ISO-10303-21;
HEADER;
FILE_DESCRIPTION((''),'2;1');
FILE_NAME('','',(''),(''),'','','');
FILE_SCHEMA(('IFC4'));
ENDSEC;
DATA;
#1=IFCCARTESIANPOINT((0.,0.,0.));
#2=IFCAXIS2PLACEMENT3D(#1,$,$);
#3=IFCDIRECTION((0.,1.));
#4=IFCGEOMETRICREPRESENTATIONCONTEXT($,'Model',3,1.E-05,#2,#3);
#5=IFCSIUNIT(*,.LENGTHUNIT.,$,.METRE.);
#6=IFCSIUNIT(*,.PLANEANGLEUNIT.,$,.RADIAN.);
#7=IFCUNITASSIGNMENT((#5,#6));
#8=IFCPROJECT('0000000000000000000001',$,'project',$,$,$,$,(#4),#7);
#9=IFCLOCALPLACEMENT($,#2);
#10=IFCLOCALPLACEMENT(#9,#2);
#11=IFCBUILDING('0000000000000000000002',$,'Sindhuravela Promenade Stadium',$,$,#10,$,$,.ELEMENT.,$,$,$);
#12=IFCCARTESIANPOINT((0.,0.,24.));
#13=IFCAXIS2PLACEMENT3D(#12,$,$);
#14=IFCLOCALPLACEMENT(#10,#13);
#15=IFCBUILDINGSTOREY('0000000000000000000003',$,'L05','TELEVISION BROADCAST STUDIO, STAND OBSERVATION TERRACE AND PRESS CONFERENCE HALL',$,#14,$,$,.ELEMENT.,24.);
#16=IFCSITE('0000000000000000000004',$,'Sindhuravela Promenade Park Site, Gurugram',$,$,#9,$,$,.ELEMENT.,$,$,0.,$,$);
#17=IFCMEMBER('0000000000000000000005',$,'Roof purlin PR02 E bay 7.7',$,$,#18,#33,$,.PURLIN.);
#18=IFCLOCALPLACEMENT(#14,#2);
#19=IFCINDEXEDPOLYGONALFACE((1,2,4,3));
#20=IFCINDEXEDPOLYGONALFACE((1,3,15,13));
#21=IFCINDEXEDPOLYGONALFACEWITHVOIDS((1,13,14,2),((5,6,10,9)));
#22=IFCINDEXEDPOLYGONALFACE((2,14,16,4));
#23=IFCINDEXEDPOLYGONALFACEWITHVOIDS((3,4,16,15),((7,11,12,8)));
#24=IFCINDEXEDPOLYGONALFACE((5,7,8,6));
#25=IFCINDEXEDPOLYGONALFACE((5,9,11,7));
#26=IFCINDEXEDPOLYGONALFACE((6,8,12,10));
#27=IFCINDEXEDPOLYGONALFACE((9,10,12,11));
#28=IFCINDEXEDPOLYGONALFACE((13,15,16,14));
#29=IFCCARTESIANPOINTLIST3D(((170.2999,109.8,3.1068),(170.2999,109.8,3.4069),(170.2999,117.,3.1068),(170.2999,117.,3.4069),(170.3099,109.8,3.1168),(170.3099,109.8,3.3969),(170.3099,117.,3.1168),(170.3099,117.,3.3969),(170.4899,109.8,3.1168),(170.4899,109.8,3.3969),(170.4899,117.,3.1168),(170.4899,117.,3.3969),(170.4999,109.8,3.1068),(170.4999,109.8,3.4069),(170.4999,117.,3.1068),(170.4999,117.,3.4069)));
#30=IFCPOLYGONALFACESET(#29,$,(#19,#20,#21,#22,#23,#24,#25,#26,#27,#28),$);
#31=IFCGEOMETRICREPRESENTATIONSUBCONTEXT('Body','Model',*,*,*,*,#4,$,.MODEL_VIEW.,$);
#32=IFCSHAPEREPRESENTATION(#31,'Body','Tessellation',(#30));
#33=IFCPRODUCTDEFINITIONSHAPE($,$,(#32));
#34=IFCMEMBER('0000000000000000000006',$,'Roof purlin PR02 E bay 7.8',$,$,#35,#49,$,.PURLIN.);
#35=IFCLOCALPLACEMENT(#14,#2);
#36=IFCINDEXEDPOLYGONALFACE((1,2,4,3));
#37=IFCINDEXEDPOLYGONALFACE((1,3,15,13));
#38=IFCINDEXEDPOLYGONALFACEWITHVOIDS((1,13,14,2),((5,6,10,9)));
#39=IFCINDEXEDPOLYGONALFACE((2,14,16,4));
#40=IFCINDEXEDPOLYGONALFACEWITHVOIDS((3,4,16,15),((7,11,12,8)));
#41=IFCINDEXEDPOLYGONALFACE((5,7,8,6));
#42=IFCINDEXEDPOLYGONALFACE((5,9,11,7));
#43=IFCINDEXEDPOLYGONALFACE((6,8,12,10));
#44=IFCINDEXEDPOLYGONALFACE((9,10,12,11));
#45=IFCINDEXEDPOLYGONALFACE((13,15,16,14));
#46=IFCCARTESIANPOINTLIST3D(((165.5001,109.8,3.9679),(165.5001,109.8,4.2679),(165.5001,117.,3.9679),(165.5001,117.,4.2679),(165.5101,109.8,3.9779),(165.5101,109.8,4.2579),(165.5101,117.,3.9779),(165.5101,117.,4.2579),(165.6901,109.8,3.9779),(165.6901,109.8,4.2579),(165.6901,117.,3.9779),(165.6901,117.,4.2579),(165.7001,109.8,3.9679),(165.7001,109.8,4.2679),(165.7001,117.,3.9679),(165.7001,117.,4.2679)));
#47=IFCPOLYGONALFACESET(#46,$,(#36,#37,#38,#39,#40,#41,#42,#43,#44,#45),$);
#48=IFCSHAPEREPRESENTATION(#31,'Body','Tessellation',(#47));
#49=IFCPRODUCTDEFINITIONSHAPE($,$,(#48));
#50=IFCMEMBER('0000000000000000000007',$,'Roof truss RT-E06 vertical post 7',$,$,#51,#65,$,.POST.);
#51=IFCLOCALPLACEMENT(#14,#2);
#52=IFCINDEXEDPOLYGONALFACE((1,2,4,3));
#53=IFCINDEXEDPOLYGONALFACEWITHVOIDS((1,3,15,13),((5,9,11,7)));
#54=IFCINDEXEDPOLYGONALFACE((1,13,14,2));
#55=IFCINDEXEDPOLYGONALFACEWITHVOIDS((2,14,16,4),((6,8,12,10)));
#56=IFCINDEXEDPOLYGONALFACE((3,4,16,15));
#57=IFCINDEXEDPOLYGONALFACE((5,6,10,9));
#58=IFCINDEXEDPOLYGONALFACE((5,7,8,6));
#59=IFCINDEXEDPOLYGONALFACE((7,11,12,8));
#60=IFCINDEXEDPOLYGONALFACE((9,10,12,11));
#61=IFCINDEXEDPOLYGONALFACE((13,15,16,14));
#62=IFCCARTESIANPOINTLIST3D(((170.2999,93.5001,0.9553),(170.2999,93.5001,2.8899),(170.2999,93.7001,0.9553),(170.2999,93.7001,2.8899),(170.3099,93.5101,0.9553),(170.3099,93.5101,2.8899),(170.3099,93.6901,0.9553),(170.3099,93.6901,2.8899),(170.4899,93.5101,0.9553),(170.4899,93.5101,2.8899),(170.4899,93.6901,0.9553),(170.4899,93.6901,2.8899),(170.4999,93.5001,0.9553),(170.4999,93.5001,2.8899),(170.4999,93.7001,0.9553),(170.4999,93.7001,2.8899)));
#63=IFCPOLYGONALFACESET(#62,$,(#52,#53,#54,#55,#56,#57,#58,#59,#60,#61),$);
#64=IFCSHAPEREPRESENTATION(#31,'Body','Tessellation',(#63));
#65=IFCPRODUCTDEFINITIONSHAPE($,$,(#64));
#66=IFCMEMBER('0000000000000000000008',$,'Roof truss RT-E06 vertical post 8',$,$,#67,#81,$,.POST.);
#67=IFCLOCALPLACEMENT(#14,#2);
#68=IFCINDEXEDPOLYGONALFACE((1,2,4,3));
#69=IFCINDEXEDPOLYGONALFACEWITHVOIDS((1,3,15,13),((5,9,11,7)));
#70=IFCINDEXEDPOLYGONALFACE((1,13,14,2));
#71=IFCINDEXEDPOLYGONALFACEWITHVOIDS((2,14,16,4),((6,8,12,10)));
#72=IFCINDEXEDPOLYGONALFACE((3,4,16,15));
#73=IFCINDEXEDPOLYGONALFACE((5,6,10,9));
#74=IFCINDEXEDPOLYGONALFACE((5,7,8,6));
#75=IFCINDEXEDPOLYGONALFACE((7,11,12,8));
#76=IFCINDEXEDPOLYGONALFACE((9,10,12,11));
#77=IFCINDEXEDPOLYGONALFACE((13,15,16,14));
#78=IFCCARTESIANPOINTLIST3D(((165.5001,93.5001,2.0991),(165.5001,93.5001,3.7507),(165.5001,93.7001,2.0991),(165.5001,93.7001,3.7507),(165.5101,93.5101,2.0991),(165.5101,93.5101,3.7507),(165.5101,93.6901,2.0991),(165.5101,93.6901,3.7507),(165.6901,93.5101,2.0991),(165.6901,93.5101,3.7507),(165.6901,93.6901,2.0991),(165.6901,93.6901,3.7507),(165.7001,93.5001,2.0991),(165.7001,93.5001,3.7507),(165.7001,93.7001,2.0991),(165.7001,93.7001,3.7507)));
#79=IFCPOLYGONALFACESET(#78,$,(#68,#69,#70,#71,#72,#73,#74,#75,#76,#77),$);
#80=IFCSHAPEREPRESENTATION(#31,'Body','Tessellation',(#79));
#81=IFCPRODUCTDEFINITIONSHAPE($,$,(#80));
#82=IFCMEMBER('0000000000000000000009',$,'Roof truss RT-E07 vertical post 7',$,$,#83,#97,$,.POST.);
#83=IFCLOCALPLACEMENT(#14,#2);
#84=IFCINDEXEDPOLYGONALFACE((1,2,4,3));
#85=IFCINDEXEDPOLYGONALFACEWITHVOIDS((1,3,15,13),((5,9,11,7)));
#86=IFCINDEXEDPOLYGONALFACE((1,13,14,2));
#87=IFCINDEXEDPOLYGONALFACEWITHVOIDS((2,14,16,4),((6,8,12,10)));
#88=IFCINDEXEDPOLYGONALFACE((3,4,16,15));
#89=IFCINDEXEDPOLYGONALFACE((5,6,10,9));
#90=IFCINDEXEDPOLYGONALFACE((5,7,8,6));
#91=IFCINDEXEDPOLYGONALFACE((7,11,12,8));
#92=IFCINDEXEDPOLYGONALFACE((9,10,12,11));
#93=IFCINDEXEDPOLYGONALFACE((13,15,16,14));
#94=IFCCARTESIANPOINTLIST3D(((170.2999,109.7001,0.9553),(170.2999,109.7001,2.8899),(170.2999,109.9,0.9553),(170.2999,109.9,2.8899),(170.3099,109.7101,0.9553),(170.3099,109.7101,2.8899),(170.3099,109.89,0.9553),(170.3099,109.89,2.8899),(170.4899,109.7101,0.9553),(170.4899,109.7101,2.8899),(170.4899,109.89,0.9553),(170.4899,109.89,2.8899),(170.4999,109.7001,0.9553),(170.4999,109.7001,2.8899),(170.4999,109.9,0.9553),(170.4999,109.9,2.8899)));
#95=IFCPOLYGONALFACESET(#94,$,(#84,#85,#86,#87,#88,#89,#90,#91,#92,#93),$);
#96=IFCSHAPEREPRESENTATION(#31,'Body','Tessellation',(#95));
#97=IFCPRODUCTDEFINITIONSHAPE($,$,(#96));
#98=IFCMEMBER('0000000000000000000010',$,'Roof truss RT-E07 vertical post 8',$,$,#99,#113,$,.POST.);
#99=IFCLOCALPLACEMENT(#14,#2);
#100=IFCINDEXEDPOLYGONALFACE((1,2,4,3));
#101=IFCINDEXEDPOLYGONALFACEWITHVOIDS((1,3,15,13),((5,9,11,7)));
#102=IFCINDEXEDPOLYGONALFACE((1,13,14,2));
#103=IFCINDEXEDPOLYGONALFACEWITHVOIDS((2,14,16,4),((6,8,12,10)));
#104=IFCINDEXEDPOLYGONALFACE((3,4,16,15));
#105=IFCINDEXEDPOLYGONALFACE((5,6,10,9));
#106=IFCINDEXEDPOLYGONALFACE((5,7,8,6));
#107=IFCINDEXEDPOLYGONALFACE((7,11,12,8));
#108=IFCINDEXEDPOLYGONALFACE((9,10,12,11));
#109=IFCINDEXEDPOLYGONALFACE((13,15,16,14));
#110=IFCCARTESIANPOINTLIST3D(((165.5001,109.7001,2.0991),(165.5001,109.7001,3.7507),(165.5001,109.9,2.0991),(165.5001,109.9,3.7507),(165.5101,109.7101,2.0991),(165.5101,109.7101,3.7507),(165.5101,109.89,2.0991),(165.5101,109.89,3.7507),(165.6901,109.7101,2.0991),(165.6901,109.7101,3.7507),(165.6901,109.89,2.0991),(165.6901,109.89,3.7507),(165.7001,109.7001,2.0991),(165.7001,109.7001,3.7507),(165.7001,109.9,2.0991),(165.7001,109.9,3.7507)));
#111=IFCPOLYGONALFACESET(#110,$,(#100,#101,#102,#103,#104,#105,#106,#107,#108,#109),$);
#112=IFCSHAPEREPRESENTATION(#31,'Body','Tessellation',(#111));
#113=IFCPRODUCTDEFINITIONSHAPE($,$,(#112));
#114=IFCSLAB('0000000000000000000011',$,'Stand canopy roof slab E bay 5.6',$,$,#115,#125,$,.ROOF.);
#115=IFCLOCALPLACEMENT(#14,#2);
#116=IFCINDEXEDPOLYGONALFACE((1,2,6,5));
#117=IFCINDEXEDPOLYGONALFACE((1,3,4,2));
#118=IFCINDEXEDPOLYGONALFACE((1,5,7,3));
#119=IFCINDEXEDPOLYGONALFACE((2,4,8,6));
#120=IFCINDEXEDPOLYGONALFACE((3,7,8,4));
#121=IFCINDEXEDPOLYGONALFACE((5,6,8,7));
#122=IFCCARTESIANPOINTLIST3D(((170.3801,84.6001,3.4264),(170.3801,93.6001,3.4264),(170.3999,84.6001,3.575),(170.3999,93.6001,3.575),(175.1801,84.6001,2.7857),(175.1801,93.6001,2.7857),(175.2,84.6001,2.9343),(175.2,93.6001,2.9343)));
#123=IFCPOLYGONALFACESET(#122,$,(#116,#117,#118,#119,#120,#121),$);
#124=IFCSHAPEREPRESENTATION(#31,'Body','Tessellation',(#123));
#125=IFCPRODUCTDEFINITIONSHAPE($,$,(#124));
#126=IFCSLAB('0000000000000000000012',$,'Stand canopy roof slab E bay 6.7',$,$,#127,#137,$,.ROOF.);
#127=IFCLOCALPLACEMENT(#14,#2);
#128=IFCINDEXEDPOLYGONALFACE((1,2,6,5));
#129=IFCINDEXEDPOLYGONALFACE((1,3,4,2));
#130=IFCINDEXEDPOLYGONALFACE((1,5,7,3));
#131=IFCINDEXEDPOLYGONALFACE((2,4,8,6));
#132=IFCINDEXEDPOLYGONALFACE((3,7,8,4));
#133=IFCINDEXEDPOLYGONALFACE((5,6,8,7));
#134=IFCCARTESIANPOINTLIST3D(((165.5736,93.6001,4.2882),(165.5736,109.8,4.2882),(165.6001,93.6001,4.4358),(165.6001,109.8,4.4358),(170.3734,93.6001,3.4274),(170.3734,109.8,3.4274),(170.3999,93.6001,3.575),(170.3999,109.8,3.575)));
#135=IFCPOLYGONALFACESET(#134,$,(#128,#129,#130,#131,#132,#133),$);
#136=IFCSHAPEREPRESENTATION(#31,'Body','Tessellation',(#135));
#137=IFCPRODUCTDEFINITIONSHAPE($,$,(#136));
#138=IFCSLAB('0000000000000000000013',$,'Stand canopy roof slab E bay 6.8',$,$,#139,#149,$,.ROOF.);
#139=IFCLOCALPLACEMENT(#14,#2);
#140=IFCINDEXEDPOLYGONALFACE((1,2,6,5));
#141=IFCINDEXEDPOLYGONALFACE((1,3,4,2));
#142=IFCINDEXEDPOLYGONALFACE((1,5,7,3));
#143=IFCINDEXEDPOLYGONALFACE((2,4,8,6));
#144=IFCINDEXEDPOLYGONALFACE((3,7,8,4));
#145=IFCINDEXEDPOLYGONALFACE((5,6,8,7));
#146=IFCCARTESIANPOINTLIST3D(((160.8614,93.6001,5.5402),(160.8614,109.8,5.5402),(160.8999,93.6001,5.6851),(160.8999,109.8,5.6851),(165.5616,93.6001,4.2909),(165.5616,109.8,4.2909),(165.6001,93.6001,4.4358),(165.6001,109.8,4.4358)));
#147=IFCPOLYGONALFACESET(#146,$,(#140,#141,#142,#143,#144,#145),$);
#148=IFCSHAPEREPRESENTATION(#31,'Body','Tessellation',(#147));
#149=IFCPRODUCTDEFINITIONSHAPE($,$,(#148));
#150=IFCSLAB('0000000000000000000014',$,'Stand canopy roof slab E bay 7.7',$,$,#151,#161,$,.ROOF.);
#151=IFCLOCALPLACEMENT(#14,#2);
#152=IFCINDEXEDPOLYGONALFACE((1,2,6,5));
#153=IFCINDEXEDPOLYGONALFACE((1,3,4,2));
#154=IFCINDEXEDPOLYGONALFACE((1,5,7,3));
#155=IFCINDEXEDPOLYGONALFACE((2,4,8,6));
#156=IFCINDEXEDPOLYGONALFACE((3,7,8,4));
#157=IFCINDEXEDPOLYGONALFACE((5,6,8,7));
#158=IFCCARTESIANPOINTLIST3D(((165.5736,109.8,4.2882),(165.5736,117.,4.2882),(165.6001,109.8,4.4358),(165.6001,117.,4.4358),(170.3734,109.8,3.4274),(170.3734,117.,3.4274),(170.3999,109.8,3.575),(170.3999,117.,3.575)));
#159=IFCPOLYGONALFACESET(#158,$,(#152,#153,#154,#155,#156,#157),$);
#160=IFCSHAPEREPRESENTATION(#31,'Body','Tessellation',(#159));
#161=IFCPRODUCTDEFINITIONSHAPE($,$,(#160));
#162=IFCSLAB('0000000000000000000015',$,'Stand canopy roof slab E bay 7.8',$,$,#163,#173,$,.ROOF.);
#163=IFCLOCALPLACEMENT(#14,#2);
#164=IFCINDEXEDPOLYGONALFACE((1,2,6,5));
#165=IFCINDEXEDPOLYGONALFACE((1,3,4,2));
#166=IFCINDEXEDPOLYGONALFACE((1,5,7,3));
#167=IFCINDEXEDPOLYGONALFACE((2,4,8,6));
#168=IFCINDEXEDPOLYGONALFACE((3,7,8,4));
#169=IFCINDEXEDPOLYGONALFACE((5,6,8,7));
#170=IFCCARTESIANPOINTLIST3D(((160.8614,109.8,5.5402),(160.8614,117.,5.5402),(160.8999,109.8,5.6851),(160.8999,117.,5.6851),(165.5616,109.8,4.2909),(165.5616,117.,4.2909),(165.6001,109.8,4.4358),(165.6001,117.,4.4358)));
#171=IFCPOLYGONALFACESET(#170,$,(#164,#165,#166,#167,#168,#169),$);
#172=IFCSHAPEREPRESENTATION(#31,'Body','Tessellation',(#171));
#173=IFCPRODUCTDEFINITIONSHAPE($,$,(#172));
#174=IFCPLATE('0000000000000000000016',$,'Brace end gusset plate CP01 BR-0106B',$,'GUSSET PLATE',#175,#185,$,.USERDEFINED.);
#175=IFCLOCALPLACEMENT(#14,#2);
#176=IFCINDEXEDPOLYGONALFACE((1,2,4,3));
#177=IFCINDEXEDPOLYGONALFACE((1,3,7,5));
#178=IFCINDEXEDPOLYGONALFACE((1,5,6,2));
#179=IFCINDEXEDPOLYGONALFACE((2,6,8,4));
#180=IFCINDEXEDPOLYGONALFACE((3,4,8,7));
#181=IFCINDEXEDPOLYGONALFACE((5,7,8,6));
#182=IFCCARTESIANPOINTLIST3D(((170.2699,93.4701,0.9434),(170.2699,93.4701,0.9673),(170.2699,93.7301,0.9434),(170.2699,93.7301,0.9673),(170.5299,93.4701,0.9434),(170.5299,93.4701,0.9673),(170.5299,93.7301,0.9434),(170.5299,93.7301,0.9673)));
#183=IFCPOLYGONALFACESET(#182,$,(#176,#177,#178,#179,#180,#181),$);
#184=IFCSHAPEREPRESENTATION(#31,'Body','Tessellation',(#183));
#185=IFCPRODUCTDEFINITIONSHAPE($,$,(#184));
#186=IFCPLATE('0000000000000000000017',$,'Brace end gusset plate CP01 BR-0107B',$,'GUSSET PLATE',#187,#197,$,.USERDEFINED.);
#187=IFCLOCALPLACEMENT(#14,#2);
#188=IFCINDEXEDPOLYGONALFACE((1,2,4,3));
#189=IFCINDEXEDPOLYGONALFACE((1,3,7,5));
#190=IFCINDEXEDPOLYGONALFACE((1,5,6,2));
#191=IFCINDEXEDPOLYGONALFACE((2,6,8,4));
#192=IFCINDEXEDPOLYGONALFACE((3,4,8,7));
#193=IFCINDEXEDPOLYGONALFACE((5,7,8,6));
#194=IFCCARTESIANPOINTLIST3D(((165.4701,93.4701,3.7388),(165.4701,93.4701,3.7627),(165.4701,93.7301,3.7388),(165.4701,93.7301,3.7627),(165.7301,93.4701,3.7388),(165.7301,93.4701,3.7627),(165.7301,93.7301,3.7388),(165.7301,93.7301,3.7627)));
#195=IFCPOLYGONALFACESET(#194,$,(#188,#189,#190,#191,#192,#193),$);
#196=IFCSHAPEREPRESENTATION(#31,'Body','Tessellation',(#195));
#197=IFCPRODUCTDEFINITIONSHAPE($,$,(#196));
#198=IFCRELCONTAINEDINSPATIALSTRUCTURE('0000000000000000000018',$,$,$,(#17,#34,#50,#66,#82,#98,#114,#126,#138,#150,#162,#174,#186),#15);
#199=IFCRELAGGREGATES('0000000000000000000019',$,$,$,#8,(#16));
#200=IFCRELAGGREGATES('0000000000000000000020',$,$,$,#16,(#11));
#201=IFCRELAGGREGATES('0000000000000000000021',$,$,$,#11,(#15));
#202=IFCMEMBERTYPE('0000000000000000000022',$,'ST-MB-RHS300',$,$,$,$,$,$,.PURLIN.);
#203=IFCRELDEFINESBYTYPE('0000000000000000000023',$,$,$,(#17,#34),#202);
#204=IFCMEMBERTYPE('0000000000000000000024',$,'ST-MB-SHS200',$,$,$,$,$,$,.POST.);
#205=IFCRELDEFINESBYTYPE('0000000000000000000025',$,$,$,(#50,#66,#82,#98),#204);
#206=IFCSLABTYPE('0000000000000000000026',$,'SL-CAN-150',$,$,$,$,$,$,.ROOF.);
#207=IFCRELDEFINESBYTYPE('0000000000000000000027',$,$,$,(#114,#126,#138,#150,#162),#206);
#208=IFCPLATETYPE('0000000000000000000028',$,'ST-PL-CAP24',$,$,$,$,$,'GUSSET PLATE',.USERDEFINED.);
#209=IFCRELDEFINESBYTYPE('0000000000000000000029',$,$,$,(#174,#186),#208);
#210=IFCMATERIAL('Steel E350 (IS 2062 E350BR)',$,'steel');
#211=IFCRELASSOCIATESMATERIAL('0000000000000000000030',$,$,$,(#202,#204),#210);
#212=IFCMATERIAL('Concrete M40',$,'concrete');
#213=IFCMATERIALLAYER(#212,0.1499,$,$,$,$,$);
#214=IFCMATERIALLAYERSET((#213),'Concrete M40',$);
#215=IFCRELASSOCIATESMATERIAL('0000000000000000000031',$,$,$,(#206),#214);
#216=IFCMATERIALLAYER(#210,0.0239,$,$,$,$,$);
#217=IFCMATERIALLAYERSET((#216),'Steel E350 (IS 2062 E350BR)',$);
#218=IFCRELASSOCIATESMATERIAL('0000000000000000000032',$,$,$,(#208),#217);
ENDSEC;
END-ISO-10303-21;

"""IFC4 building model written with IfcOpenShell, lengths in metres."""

from ifc_helpers import new_model, si_unit, direction, frame, origin, origin_2d, place, context, subcontext, project, spatial, polyline, rectangle, hollow_rectangle, outline, extrude, material, layer, layer_set, material_profile, profile_set, type_object, element, save


model = new_model("IFC4")

# Units and contexts
model_context = context("Model", 3, precision=1e-05, world=origin(), true_north=direction((0.0, 1.0)))
body_context = subcontext(model_context, "Body", "Model", "MODEL_VIEW")
ifc_project = project(units=[si_unit("LENGTHUNIT", "METRE"), si_unit("PLANEANGLEUNIT", "RADIAN")], contexts=[model_context])

# Site, building, storey
site_placement = place(None, origin())
site = spatial("IfcSite", under=ifc_project, at=site_placement, Name="Sindhuravela Promenade Park Site, Gurugram", CompositionType="ELEMENT", RefElevation=0.0)
building_placement = place(site_placement, origin())
building = spatial("IfcBuilding", under=site, at=building_placement, Name="Sindhuravela Promenade Stadium", CompositionType="ELEMENT")
storey_placement = place(building_placement, frame((0.0, 0.0, 24.0)))
storey = spatial("IfcBuildingStorey", under=building, at=storey_placement, Name="L05", Description="TELEVISION BROADCAST STUDIO, STAND OBSERVATION TERRACE AND PRESS CONFERENCE HALL", CompositionType="ELEMENT", Elevation=24.0)

# Shared definitions
ifc_material_1 = material(Name="Steel E350 (IS 2062 E350BR)", Category="steel")

# Members
ifc_material_profile_1 = material_profile(ifc_material_1, hollow_rectangle(XDim=0.2, YDim=0.3, WallThickness=0.01, at=origin_2d()), Name="RHS 300x200x10")
ifc_profile_set_1 = profile_set([ifc_material_profile_1], Name="Steel E350 (IS 2062 E350BR)")
member_type_1 = type_object("IfcMemberType", Name="ST-MB-RHS300", PredefinedType="PURLIN", material=ifc_profile_set_1)
for number, where, z_axis, x_axis, name in (
    (1, (170.3999, 109.8, 3.2568), (0.0, 1.0, 0.0), (-1.0, 0.0, 0.0), "Roof purlin PR02 E bay 7.7"),
    (2, (165.6001, 109.8, 4.1179), (0.0, 1.0, 0.0), (-1.0, 0.0, 0.0), "Roof purlin PR02 E bay 7.8"),
):
    element("IfcMember", number, at=place(storey_placement, frame(where, z_axis=z_axis, x_axis=x_axis)), inside=storey, type_object=member_type_1, Name=name, PredefinedType="PURLIN", context=body_context, shape_type="SweptSolid", body=[
        extrude(hollow_rectangle(XDim=0.2, YDim=0.3, WallThickness=0.01, at=origin_2d()), origin(), (0.0, 0.0, 1.0), 7.2),
    ])
ifc_material_profile_2 = material_profile(ifc_material_1, hollow_rectangle(XDim=0.2, YDim=0.2, WallThickness=0.01, at=origin_2d()), Name="SHS 200x200x10")
ifc_profile_set_2 = profile_set([ifc_material_profile_2], Name="Steel E350 (IS 2062 E350BR)")
member_type_2 = type_object("IfcMemberType", Name="ST-MB-SHS200", PredefinedType="POST", material=ifc_profile_set_2)
member_1_placement = place(storey_placement, frame((170.3999, 93.6001, 0.9553), z_axis=(0.0, 0.0, 1.0), x_axis=(1.0, 0.0, 0.0)))
element("IfcMember", 3, at=member_1_placement, inside=storey, type_object=member_type_2, Name="Roof truss RT-E06 vertical post 7", PredefinedType="POST", context=body_context, shape_type="SweptSolid", body=[
    extrude(hollow_rectangle(XDim=0.2, YDim=0.2, WallThickness=0.01, at=origin_2d()), origin(), (0.0, 0.0, 1.0), 1.9346),
])
member_2_placement = place(storey_placement, frame((165.6001, 93.6001, 2.0991), z_axis=(0.0, 0.0, 1.0), x_axis=(1.0, 0.0, 0.0)))
element("IfcMember", 4, at=member_2_placement, inside=storey, type_object=member_type_2, Name="Roof truss RT-E06 vertical post 8", PredefinedType="POST", context=body_context, shape_type="SweptSolid", body=[
    extrude(hollow_rectangle(XDim=0.2, YDim=0.2, WallThickness=0.01, at=origin_2d()), origin(), (0.0, 0.0, 1.0), 1.6516),
])
member_3_placement = place(storey_placement, frame((170.3999, 109.8, 0.9553), z_axis=(0.0, 0.0, 1.0), x_axis=(1.0, 0.0, 0.0)))
element("IfcMember", 5, at=member_3_placement, inside=storey, type_object=member_type_2, Name="Roof truss RT-E07 vertical post 7", PredefinedType="POST", context=body_context, shape_type="SweptSolid", body=[
    extrude(hollow_rectangle(XDim=0.2, YDim=0.2, WallThickness=0.01, at=origin_2d()), origin(), (0.0, 0.0, 1.0), 1.9346),
])
member_4_placement = place(storey_placement, frame((165.6001, 109.8, 2.0991), z_axis=(0.0, 0.0, 1.0), x_axis=(1.0, 0.0, 0.0)))
element("IfcMember", 6, at=member_4_placement, inside=storey, type_object=member_type_2, Name="Roof truss RT-E07 vertical post 8", PredefinedType="POST", context=body_context, shape_type="SweptSolid", body=[
    extrude(hollow_rectangle(XDim=0.2, YDim=0.2, WallThickness=0.01, at=origin_2d()), origin(), (0.0, 0.0, 1.0), 1.6516),
])

# Slabs
ifc_material_2 = material(Name="Concrete M40", Category="concrete")
ifc_layer_1 = layer(ifc_material_2, 0.1499)
ifc_layer_set_1 = layer_set([ifc_layer_1], Name="Concrete M40")
slab_type = type_object("IfcSlabType", Name="SL-CAN-150", PredefinedType="ROOF", material=ifc_layer_set_1)
slab_1_placement = place(storey_placement, frame((175.2, 84.6001, 2.9343), z_axis=(0.132289, 0.0, 0.991211), x_axis=(0.0, 1.0, 0.0)))
element("IfcSlab", 7, at=slab_1_placement, inside=storey, type_object=slab_type, Name="Stand canopy roof slab E bay 5.6", PredefinedType="ROOF", context=body_context, shape_type="SweptSolid", body=[
    extrude(outline(polyline([(0.0, 0.0), (9.0, 0.0), (9.0, 4.8426), (0.0, 4.8426), (0.0, 0.0)])), origin(), (0.0, 0.0, -1.0), 0.1499),
])
slab_2_placement = place(storey_placement, frame((170.3999, 93.6001, 3.575), z_axis=(0.176532, 0.0, 0.984295), x_axis=(0.0, 1.0, 0.0)))
element("IfcSlab", 8, at=slab_2_placement, inside=storey, type_object=slab_type, Name="Stand canopy roof slab E bay 6.7", PredefinedType="ROOF", context=body_context, shape_type="SweptSolid", body=[
    extrude(outline(polyline([(0.0, 0.0), (16.2, 0.0), (16.2, 4.8764), (0.0, 4.8764), (0.0, 0.0)])), origin(), (0.0, 0.0, -1.0), 0.1499),
])
slab_3_placement = place(storey_placement, frame((165.6001, 93.6001, 4.4358), z_axis=(0.256872, 0.0, 0.966445), x_axis=(0.0, 1.0, 0.0)))
element("IfcSlab", 9, at=slab_3_placement, inside=storey, type_object=slab_type, Name="Stand canopy roof slab E bay 6.8", PredefinedType="ROOF", context=body_context, shape_type="SweptSolid", body=[
    extrude(outline(polyline([(0.0, 0.0), (16.2, 0.0), (16.2, 4.8634), (0.0, 4.8634), (0.0, 0.0)])), origin(), (0.0, 0.0, -1.0), 0.1499),
])
slab_4_placement = place(storey_placement, frame((170.3999, 109.8, 3.575), z_axis=(0.176532, 0.0, 0.984295), x_axis=(0.0, 1.0, 0.0)))
element("IfcSlab", 10, at=slab_4_placement, inside=storey, type_object=slab_type, Name="Stand canopy roof slab E bay 7.7", PredefinedType="ROOF", context=body_context, shape_type="SweptSolid", body=[
    extrude(outline(polyline([(0.0, 0.0), (7.2, 0.0), (7.2, 4.8764), (0.0, 4.8764), (0.0, 0.0)])), origin(), (0.0, 0.0, -1.0), 0.1499),
])
slab_5_placement = place(storey_placement, frame((165.6001, 109.8, 4.4358), z_axis=(0.256872, 0.0, 0.966445), x_axis=(0.0, 1.0, 0.0)))
element("IfcSlab", 11, at=slab_5_placement, inside=storey, type_object=slab_type, Name="Stand canopy roof slab E bay 7.8", PredefinedType="ROOF", context=body_context, shape_type="SweptSolid", body=[
    extrude(outline(polyline([(0.0, 0.0), (7.2, 0.0), (7.2, 4.8634), (0.0, 4.8634), (0.0, 0.0)])), origin(), (0.0, 0.0, -1.0), 0.1499),
])

# Plates
ifc_layer_2 = layer(ifc_material_1, 0.0239)
ifc_layer_set_2 = layer_set([ifc_layer_2], Name="Steel E350 (IS 2062 E350BR)")
plate_type = type_object("IfcPlateType", Name="ST-PL-CAP24", ElementType="GUSSET PLATE", PredefinedType="USERDEFINED", material=ifc_layer_set_2)
for number, where, z_axis, x_axis, name in (
    (12, (170.3999, 93.6001, 0.9434), (0.0, 0.0, 1.0), (1.0, 0.0, 0.0), "Brace end gusset plate CP01 BR-0106B"),
    (13, (165.6001, 93.6001, 3.7388), (0.0, 0.0, 1.0), (1.0, 0.0, 0.0), "Brace end gusset plate CP01 BR-0107B"),
):
    element("IfcPlate", number, at=place(storey_placement, frame(where, z_axis=z_axis, x_axis=x_axis)), inside=storey, type_object=plate_type, Name=name, ObjectType="GUSSET PLATE", PredefinedType="USERDEFINED", context=body_context, shape_type="SweptSolid", body=[
        extrude(rectangle(XDim=0.26, YDim=0.26, at=origin_2d()), origin(), (0.0, 0.0, 1.0), 0.0239),
    ])

save(model, "model.ifc")
